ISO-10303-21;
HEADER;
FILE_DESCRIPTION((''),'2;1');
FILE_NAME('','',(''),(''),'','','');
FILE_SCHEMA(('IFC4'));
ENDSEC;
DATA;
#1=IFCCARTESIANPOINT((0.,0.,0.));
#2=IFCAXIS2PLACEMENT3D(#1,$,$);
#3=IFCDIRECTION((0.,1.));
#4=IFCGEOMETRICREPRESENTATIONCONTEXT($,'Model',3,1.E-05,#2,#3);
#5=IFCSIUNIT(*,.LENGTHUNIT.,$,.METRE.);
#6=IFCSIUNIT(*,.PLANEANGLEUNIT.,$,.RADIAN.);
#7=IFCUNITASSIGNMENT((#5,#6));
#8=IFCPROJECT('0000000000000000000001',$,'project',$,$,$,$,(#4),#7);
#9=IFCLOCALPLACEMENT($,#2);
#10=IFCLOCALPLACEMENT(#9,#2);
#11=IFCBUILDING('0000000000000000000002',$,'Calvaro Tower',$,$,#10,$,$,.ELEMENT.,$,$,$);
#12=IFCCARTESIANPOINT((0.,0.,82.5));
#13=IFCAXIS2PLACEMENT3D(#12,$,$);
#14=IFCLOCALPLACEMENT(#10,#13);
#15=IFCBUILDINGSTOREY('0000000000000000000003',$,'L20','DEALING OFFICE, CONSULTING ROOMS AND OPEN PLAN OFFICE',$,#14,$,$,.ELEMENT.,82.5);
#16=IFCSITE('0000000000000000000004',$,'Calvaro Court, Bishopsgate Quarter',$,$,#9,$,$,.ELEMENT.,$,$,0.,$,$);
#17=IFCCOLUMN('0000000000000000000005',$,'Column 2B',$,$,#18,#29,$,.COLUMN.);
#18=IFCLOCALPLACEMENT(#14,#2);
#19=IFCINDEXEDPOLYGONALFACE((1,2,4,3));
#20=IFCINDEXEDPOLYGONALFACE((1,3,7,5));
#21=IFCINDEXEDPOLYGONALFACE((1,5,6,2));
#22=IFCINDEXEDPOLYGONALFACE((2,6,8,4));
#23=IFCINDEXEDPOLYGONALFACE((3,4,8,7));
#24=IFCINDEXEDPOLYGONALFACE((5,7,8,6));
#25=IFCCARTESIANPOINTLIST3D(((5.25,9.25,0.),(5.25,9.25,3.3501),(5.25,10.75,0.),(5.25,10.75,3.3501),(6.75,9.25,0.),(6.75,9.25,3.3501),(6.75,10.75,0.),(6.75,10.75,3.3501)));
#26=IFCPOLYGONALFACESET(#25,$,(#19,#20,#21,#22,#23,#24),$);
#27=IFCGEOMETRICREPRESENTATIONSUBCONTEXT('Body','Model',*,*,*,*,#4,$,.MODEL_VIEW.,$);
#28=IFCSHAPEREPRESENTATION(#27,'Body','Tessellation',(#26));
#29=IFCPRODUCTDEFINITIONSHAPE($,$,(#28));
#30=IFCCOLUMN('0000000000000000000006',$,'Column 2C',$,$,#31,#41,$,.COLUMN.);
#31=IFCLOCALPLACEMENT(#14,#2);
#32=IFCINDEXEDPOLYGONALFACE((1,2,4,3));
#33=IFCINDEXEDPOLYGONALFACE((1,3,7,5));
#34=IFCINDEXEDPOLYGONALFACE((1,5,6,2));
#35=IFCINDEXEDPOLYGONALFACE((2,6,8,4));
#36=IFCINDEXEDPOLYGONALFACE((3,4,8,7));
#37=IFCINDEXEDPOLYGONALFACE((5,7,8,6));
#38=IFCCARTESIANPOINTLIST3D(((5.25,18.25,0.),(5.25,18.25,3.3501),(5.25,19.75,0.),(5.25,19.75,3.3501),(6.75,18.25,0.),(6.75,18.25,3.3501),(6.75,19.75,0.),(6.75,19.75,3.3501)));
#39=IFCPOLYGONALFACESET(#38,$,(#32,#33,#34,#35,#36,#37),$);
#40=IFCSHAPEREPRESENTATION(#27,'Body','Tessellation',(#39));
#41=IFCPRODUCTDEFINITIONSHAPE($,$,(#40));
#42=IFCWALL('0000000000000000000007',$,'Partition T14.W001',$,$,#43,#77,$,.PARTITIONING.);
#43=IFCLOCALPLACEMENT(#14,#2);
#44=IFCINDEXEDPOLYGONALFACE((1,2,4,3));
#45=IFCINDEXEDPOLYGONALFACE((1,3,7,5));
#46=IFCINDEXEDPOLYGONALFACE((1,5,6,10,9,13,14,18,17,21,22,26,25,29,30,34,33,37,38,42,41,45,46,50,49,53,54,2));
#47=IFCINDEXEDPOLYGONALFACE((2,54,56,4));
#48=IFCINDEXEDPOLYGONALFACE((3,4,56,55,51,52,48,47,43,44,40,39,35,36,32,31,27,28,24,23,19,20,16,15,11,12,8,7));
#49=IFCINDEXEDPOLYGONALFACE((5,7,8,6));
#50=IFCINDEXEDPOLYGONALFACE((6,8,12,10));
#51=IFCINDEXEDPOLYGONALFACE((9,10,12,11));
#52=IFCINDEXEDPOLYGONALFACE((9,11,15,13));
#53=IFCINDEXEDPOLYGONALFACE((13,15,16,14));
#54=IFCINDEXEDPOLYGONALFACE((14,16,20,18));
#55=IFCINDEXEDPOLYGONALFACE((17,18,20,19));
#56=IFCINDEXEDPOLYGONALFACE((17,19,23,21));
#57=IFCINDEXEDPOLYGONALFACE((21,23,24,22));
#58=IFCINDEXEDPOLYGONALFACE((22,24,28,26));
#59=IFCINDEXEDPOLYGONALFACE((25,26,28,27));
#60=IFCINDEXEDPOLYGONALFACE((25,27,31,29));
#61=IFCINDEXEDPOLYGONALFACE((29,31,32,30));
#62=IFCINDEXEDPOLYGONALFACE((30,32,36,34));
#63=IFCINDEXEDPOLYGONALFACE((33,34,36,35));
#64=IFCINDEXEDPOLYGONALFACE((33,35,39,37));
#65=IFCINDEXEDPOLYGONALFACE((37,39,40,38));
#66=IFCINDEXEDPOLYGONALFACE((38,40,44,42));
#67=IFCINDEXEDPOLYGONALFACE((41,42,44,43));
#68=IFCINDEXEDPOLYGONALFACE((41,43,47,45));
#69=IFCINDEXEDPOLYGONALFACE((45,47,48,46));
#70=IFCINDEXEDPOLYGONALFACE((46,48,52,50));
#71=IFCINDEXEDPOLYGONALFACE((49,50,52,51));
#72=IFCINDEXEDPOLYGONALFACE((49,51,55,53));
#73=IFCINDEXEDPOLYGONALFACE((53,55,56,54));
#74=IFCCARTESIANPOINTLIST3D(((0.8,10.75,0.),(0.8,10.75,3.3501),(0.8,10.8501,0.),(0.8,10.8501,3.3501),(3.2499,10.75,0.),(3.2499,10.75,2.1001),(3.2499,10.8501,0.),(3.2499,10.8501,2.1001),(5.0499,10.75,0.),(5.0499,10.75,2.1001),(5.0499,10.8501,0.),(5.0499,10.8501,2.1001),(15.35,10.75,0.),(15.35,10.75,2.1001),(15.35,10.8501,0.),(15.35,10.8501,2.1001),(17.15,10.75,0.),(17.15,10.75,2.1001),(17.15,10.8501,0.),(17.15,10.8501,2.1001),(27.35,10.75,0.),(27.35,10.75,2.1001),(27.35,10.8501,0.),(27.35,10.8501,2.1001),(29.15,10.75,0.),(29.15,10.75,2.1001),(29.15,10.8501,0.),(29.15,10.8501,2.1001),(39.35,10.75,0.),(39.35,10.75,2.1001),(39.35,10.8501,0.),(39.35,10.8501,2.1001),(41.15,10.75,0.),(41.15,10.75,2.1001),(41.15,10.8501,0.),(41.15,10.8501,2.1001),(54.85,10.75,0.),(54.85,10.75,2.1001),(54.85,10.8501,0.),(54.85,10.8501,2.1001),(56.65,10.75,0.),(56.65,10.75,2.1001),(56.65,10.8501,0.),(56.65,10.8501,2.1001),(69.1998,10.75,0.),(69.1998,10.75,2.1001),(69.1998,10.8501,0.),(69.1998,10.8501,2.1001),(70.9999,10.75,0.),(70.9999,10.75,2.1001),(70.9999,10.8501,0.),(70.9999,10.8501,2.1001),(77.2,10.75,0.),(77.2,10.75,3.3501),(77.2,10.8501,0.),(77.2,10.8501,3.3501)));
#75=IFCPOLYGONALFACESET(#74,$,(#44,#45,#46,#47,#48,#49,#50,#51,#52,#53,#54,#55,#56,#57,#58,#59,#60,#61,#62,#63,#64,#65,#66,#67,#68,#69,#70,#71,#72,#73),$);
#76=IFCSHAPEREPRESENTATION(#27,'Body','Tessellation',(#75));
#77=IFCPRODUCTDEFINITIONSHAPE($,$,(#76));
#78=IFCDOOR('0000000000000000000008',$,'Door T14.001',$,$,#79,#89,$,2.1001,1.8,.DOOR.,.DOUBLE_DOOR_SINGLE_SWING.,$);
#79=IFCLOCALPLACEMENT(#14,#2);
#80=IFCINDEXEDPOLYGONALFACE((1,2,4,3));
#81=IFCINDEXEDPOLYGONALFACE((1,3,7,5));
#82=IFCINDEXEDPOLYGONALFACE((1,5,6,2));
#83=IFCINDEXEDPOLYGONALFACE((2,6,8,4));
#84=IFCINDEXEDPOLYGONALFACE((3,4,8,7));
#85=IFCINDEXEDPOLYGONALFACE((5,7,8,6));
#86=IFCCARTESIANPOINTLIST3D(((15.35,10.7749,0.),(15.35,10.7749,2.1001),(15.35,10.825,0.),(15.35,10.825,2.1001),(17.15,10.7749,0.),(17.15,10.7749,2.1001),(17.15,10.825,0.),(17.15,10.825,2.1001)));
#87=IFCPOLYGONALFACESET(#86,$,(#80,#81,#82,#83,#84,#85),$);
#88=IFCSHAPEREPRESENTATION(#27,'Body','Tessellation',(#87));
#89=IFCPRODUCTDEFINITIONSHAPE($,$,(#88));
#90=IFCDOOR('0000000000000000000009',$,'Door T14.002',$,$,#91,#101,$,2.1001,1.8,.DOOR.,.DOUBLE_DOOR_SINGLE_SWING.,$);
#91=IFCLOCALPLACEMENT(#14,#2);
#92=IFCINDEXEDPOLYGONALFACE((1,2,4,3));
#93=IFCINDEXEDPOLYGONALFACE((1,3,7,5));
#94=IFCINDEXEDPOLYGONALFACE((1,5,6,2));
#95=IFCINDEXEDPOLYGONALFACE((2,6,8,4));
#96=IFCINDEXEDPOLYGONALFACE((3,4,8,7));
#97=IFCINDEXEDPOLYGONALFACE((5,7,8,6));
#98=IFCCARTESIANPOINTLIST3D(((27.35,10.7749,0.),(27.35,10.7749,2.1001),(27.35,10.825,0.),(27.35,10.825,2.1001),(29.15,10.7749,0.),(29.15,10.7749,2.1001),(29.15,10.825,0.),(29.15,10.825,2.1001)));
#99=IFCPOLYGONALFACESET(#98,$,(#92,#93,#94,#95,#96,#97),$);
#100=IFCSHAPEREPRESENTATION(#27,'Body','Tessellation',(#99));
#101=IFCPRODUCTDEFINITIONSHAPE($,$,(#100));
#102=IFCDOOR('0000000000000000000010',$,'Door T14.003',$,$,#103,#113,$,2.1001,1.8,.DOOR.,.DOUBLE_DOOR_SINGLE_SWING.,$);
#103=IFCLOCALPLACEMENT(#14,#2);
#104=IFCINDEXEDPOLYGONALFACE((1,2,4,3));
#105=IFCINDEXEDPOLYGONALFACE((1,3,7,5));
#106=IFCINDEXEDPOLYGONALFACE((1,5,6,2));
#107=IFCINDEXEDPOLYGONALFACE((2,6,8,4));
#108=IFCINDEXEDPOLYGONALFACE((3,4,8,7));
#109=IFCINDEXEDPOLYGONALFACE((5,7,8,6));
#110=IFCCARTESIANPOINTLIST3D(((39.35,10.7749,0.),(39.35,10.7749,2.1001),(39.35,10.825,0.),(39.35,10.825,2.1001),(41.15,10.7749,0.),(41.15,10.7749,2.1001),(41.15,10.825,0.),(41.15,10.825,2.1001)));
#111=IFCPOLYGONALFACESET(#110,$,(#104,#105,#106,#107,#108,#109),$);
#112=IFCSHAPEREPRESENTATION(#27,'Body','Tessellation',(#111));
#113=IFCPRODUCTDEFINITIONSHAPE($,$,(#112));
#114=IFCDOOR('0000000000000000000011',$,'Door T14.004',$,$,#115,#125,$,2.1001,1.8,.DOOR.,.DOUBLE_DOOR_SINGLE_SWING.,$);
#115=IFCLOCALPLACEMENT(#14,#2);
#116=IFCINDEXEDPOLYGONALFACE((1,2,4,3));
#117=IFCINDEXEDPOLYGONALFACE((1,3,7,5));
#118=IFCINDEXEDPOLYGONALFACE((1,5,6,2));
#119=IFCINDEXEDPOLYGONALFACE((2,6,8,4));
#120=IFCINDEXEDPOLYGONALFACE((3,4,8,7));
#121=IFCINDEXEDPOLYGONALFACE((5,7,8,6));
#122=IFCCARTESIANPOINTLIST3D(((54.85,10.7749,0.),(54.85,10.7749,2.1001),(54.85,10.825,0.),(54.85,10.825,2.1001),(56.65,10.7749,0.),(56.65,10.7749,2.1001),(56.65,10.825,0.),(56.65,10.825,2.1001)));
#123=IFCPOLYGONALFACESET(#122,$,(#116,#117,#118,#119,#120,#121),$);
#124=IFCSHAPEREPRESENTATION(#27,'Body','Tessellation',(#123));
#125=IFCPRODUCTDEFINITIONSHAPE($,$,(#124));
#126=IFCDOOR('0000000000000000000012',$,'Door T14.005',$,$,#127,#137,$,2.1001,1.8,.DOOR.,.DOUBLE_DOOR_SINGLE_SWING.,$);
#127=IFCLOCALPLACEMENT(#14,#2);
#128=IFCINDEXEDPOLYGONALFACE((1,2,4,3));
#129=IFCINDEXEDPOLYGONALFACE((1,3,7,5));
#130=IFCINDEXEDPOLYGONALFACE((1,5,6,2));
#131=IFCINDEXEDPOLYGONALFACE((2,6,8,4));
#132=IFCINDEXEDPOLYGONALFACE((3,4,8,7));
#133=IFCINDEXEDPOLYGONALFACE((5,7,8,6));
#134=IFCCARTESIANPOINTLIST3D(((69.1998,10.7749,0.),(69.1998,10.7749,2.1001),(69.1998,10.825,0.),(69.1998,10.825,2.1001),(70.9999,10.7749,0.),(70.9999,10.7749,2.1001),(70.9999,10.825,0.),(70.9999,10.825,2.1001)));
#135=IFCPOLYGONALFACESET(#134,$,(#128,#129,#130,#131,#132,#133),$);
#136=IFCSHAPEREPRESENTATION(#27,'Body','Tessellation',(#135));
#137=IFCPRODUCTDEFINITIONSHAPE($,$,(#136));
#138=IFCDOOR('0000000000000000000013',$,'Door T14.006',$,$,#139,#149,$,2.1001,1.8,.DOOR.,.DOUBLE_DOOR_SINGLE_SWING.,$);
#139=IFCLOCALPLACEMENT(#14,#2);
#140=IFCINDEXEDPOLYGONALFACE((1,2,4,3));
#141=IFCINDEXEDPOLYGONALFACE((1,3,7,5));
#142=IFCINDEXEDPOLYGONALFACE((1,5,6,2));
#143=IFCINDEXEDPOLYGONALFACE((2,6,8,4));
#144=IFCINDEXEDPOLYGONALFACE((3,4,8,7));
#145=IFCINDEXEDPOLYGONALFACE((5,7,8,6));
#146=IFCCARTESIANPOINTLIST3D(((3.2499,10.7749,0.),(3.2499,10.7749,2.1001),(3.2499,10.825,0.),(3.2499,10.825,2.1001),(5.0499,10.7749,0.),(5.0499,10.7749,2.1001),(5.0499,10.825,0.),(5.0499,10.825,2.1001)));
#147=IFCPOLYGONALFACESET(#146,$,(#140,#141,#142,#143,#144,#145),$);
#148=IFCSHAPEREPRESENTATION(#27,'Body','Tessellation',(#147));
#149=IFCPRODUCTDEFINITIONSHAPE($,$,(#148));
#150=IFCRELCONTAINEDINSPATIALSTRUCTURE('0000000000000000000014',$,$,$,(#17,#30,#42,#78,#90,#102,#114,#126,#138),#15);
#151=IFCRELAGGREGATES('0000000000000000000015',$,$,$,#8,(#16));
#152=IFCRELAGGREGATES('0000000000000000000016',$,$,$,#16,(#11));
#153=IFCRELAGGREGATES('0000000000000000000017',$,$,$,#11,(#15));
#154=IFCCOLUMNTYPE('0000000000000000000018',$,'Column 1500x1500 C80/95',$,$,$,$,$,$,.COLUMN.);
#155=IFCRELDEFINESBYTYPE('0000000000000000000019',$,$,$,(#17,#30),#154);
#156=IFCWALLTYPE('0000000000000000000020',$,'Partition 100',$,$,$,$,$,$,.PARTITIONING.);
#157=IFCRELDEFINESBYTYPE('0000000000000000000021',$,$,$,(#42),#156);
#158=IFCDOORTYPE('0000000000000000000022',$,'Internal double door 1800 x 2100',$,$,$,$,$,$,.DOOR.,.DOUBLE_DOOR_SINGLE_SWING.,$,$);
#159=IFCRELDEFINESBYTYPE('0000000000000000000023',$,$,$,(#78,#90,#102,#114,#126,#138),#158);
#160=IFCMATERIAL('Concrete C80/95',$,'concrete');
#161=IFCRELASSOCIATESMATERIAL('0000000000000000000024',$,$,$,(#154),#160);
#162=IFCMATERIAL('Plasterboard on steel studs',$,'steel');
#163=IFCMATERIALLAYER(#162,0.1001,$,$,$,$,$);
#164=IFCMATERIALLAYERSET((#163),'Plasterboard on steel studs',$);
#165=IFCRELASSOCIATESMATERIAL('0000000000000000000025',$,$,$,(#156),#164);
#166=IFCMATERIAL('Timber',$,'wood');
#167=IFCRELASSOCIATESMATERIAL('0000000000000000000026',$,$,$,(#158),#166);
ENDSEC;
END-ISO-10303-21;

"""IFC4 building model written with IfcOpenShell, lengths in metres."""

from ifc_helpers import new_model, si_unit, direction, frame, frame_2d, origin, origin_2d, place, context, subcontext, project, spatial, rectangle, extrude, material, layer, layer_set, material_profile, profile_set, type_object, element, fill, save


model = new_model("IFC4")

# Units and contexts
model_context = context("Model", 3, precision=1e-05, world=origin(), true_north=direction((0.0, 1.0)))
body_context = subcontext(model_context, "Body", "Model", "MODEL_VIEW")
ifc_project = project(units=[si_unit("LENGTHUNIT", "METRE"), si_unit("PLANEANGLEUNIT", "RADIAN")], contexts=[model_context])

# Site, building, storey
site_placement = place(None, origin())
site = spatial("IfcSite", under=ifc_project, at=site_placement, Name="Calvaro Court, Bishopsgate Quarter", CompositionType="ELEMENT", RefElevation=0.0)
building_placement = place(site_placement, origin())
building = spatial("IfcBuilding", under=site, at=building_placement, Name="Calvaro Tower", CompositionType="ELEMENT")
storey_placement = place(building_placement, frame((0.0, 0.0, 82.5)))
storey = spatial("IfcBuildingStorey", under=building, at=storey_placement, Name="L20", Description="DEALING OFFICE, CONSULTING ROOMS AND OPEN PLAN OFFICE", CompositionType="ELEMENT", Elevation=82.5)

# Columns
ifc_material_1 = material(Name="Concrete C80/95", Category="concrete")
ifc_material_profile = material_profile(ifc_material_1, rectangle(XDim=1.5, YDim=1.5, at=origin_2d()), Name="RC 1500x1500")
ifc_profile_set = profile_set([ifc_material_profile], Name="Concrete C80/95")
column_type = type_object("IfcColumnType", Name="Column 1500x1500 C80/95", PredefinedType="COLUMN", material=ifc_profile_set)
for number, where, z_axis, x_axis, name in (
    (1, (6.0, 10.0, 0.0), (0.0, 0.0, 1.0), (1.0, 0.0, 0.0), "Column 2B"),
    (2, (6.0, 19.0, 0.0), (0.0, 0.0, 1.0), (1.0, 0.0, 0.0), "Column 2C"),
):
    element("IfcColumn", number, at=place(storey_placement, frame(where, z_axis=z_axis, x_axis=x_axis)), inside=storey, type_object=column_type, Name=name, PredefinedType="COLUMN", context=body_context, shape_type="SweptSolid", body=[
        extrude(rectangle(XDim=1.5, YDim=1.5, at=origin_2d()), origin(), (0.0, 0.0, 1.0), 3.3501),
    ])

# Wall, openings, doors
ifc_material_2 = material(Name="Plasterboard on steel studs", Category="steel")
ifc_layer_1 = layer(ifc_material_2, 0.1001)
ifc_layer_set_1 = layer_set([ifc_layer_1], Name="Plasterboard on steel studs")
wall_type_1 = type_object("IfcWallType", Name="Partition 100", PredefinedType="PARTITIONING", material=ifc_layer_set_1)
wall_1_placement = place(storey_placement, frame((0.8, 10.8, 0.0), z_axis=(0.0, 0.0, 1.0), x_axis=(1.0, 0.0, 0.0)))
wall_1 = element("IfcWall", 3, at=wall_1_placement, inside=storey, type_object=wall_type_1, Name="Partition T14.W001", PredefinedType="PARTITIONING", context=body_context, shape_type="SweptSolid", body=[
    extrude(rectangle(XDim=76.3999, YDim=0.1001, at=frame_2d((38.2, 0.0))), origin(), (0.0, 0.0, 1.0), 3.3501),
])
opening_1_placement = place(wall_1_placement, frame((14.55, 0.0, 0.0)))
opening_1 = element("IfcOpeningElement", 4, at=opening_1_placement, cuts=wall_1, PredefinedType="OPENING", context=body_context, shape_type="SweptSolid", body=[
    extrude(rectangle(XDim=1.8, YDim=2.1001, at=frame_2d((0.8999, 1.05))), frame((0.0, 0.0601, 0.0), z_axis=(0.0, -1.0, 0.0), x_axis=(1.0, 0.0, 0.0)), (0.0, 0.0, 1.0), 0.1201),
])
opening_2_placement = place(wall_1_placement, frame((26.55, 0.0, 0.0)))
opening_2 = element("IfcOpeningElement", 5, at=opening_2_placement, cuts=wall_1, PredefinedType="OPENING", context=body_context, shape_type="SweptSolid", body=[
    extrude(rectangle(XDim=1.8, YDim=2.1001, at=frame_2d((0.8999, 1.05))), frame((0.0, 0.0601, 0.0), z_axis=(0.0, -1.0, 0.0), x_axis=(1.0, 0.0, 0.0)), (0.0, 0.0, 1.0), 0.1201),
])
opening_3_placement = place(wall_1_placement, frame((38.55, 0.0, 0.0)))
opening_3 = element("IfcOpeningElement", 6, at=opening_3_placement, cuts=wall_1, PredefinedType="OPENING", context=body_context, shape_type="SweptSolid", body=[
    extrude(rectangle(XDim=1.8, YDim=2.1001, at=frame_2d((0.8999, 1.05))), frame((0.0, 0.0601, 0.0), z_axis=(0.0, -1.0, 0.0), x_axis=(1.0, 0.0, 0.0)), (0.0, 0.0, 1.0), 0.1201),
])
opening_4_placement = place(wall_1_placement, frame((54.05, 0.0, 0.0)))
opening_4 = element("IfcOpeningElement", 7, at=opening_4_placement, cuts=wall_1, PredefinedType="OPENING", context=body_context, shape_type="SweptSolid", body=[
    extrude(rectangle(XDim=1.8, YDim=2.1001, at=frame_2d((0.8999, 1.05))), frame((0.0, 0.0601, 0.0), z_axis=(0.0, -1.0, 0.0), x_axis=(1.0, 0.0, 0.0)), (0.0, 0.0, 1.0), 0.1201),
])
opening_5_placement = place(wall_1_placement, frame((68.3999, 0.0, 0.0)))
opening_5 = element("IfcOpeningElement", 8, at=opening_5_placement, cuts=wall_1, PredefinedType="OPENING", context=body_context, shape_type="SweptSolid", body=[
    extrude(rectangle(XDim=1.8, YDim=2.1001, at=frame_2d((0.8999, 1.05))), frame((0.0, 0.0601, 0.0), z_axis=(0.0, -1.0, 0.0), x_axis=(1.0, 0.0, 0.0)), (0.0, 0.0, 1.0), 0.1201),
])
opening_6_placement = place(wall_1_placement, frame((2.45, 0.0, 0.0)))
opening_6 = element("IfcOpeningElement", 9, at=opening_6_placement, cuts=wall_1, PredefinedType="OPENING", context=body_context, shape_type="SweptSolid", body=[
    extrude(rectangle(XDim=1.8, YDim=2.1001, at=frame_2d((0.8999, 1.05))), frame((0.0, 0.0601, 0.0), z_axis=(0.0, -1.0, 0.0), x_axis=(1.0, 0.0, 0.0)), (0.0, 0.0, 1.0), 0.1201),
])
ifc_material_3 = material(Name="Timber", Category="wood")
door_type_1 = type_object("IfcDoorType", Name="Internal double door 1800 x 2100", OperationType="DOUBLE_DOOR_SINGLE_SWING", PredefinedType="DOOR", material=ifc_material_3)
door_1_placement = place(opening_1_placement, origin())
door_1 = element("IfcDoor", 10, at=door_1_placement, inside=storey, type_object=door_type_1, Name="Door T14.001", OperationType="DOUBLE_DOOR_SINGLE_SWING", OverallHeight=2.1001, OverallWidth=1.8, PredefinedType="DOOR", context=body_context, shape_type="SweptSolid", body=[
    extrude(rectangle(XDim=1.8, YDim=2.1001, at=frame_2d((0.8999, 1.05))), frame((0.0, 0.0249, 0.0), z_axis=(0.0, -1.0, 0.0), x_axis=(1.0, 0.0, 0.0)), (0.0, 0.0, 1.0), 0.05),
])
fill(opening_1, door_1)
door_2_placement = place(opening_2_placement, origin())
door_2 = element("IfcDoor", 11, at=door_2_placement, inside=storey, type_object=door_type_1, Name="Door T14.002", OperationType="DOUBLE_DOOR_SINGLE_SWING", OverallHeight=2.1001, OverallWidth=1.8, PredefinedType="DOOR", context=body_context, shape_type="SweptSolid", body=[
    extrude(rectangle(XDim=1.8, YDim=2.1001, at=frame_2d((0.8999, 1.05))), frame((0.0, 0.0249, 0.0), z_axis=(0.0, -1.0, 0.0), x_axis=(1.0, 0.0, 0.0)), (0.0, 0.0, 1.0), 0.05),
])
fill(opening_2, door_2)
door_3_placement = place(opening_3_placement, origin())
door_3 = element("IfcDoor", 12, at=door_3_placement, inside=storey, type_object=door_type_1, Name="Door T14.003", OperationType="DOUBLE_DOOR_SINGLE_SWING", OverallHeight=2.1001, OverallWidth=1.8, PredefinedType="DOOR", context=body_context, shape_type="SweptSolid", body=[
    extrude(rectangle(XDim=1.8, YDim=2.1001, at=frame_2d((0.8999, 1.05))), frame((0.0, 0.0249, 0.0), z_axis=(0.0, -1.0, 0.0), x_axis=(1.0, 0.0, 0.0)), (0.0, 0.0, 1.0), 0.05),
])
fill(opening_3, door_3)
door_4_placement = place(opening_4_placement, origin())
door_4 = element("IfcDoor", 13, at=door_4_placement, inside=storey, type_object=door_type_1, Name="Door T14.004", OperationType="DOUBLE_DOOR_SINGLE_SWING", OverallHeight=2.1001, OverallWidth=1.8, PredefinedType="DOOR", context=body_context, shape_type="SweptSolid", body=[
    extrude(rectangle(XDim=1.8, YDim=2.1001, at=frame_2d((0.8999, 1.05))), frame((0.0, 0.0249, 0.0), z_axis=(0.0, -1.0, 0.0), x_axis=(1.0, 0.0, 0.0)), (0.0, 0.0, 1.0), 0.05),
])
fill(opening_4, door_4)
door_5_placement = place(opening_5_placement, origin())
door_5 = element("IfcDoor", 14, at=door_5_placement, inside=storey, type_object=door_type_1, Name="Door T14.005", OperationType="DOUBLE_DOOR_SINGLE_SWING", OverallHeight=2.1001, OverallWidth=1.8, PredefinedType="DOOR", context=body_context, shape_type="SweptSolid", body=[
    extrude(rectangle(XDim=1.8, YDim=2.1001, at=frame_2d((0.8999, 1.05))), frame((0.0, 0.0249, 0.0), z_axis=(0.0, -1.0, 0.0), x_axis=(1.0, 0.0, 0.0)), (0.0, 0.0, 1.0), 0.05),
])
fill(opening_5, door_5)
door_6_placement = place(opening_6_placement, origin())
door_6 = element("IfcDoor", 15, at=door_6_placement, inside=storey, type_object=door_type_1, Name="Door T14.006", OperationType="DOUBLE_DOOR_SINGLE_SWING", OverallHeight=2.1001, OverallWidth=1.8, PredefinedType="DOOR", context=body_context, shape_type="SweptSolid", body=[
    extrude(rectangle(XDim=1.8, YDim=2.1001, at=frame_2d((0.8999, 1.05))), frame((0.0, 0.0249, 0.0), z_axis=(0.0, -1.0, 0.0), x_axis=(1.0, 0.0, 0.0)), (0.0, 0.0, 1.0), 0.05),
])
fill(opening_6, door_6)

save(model, "model.ifc")
